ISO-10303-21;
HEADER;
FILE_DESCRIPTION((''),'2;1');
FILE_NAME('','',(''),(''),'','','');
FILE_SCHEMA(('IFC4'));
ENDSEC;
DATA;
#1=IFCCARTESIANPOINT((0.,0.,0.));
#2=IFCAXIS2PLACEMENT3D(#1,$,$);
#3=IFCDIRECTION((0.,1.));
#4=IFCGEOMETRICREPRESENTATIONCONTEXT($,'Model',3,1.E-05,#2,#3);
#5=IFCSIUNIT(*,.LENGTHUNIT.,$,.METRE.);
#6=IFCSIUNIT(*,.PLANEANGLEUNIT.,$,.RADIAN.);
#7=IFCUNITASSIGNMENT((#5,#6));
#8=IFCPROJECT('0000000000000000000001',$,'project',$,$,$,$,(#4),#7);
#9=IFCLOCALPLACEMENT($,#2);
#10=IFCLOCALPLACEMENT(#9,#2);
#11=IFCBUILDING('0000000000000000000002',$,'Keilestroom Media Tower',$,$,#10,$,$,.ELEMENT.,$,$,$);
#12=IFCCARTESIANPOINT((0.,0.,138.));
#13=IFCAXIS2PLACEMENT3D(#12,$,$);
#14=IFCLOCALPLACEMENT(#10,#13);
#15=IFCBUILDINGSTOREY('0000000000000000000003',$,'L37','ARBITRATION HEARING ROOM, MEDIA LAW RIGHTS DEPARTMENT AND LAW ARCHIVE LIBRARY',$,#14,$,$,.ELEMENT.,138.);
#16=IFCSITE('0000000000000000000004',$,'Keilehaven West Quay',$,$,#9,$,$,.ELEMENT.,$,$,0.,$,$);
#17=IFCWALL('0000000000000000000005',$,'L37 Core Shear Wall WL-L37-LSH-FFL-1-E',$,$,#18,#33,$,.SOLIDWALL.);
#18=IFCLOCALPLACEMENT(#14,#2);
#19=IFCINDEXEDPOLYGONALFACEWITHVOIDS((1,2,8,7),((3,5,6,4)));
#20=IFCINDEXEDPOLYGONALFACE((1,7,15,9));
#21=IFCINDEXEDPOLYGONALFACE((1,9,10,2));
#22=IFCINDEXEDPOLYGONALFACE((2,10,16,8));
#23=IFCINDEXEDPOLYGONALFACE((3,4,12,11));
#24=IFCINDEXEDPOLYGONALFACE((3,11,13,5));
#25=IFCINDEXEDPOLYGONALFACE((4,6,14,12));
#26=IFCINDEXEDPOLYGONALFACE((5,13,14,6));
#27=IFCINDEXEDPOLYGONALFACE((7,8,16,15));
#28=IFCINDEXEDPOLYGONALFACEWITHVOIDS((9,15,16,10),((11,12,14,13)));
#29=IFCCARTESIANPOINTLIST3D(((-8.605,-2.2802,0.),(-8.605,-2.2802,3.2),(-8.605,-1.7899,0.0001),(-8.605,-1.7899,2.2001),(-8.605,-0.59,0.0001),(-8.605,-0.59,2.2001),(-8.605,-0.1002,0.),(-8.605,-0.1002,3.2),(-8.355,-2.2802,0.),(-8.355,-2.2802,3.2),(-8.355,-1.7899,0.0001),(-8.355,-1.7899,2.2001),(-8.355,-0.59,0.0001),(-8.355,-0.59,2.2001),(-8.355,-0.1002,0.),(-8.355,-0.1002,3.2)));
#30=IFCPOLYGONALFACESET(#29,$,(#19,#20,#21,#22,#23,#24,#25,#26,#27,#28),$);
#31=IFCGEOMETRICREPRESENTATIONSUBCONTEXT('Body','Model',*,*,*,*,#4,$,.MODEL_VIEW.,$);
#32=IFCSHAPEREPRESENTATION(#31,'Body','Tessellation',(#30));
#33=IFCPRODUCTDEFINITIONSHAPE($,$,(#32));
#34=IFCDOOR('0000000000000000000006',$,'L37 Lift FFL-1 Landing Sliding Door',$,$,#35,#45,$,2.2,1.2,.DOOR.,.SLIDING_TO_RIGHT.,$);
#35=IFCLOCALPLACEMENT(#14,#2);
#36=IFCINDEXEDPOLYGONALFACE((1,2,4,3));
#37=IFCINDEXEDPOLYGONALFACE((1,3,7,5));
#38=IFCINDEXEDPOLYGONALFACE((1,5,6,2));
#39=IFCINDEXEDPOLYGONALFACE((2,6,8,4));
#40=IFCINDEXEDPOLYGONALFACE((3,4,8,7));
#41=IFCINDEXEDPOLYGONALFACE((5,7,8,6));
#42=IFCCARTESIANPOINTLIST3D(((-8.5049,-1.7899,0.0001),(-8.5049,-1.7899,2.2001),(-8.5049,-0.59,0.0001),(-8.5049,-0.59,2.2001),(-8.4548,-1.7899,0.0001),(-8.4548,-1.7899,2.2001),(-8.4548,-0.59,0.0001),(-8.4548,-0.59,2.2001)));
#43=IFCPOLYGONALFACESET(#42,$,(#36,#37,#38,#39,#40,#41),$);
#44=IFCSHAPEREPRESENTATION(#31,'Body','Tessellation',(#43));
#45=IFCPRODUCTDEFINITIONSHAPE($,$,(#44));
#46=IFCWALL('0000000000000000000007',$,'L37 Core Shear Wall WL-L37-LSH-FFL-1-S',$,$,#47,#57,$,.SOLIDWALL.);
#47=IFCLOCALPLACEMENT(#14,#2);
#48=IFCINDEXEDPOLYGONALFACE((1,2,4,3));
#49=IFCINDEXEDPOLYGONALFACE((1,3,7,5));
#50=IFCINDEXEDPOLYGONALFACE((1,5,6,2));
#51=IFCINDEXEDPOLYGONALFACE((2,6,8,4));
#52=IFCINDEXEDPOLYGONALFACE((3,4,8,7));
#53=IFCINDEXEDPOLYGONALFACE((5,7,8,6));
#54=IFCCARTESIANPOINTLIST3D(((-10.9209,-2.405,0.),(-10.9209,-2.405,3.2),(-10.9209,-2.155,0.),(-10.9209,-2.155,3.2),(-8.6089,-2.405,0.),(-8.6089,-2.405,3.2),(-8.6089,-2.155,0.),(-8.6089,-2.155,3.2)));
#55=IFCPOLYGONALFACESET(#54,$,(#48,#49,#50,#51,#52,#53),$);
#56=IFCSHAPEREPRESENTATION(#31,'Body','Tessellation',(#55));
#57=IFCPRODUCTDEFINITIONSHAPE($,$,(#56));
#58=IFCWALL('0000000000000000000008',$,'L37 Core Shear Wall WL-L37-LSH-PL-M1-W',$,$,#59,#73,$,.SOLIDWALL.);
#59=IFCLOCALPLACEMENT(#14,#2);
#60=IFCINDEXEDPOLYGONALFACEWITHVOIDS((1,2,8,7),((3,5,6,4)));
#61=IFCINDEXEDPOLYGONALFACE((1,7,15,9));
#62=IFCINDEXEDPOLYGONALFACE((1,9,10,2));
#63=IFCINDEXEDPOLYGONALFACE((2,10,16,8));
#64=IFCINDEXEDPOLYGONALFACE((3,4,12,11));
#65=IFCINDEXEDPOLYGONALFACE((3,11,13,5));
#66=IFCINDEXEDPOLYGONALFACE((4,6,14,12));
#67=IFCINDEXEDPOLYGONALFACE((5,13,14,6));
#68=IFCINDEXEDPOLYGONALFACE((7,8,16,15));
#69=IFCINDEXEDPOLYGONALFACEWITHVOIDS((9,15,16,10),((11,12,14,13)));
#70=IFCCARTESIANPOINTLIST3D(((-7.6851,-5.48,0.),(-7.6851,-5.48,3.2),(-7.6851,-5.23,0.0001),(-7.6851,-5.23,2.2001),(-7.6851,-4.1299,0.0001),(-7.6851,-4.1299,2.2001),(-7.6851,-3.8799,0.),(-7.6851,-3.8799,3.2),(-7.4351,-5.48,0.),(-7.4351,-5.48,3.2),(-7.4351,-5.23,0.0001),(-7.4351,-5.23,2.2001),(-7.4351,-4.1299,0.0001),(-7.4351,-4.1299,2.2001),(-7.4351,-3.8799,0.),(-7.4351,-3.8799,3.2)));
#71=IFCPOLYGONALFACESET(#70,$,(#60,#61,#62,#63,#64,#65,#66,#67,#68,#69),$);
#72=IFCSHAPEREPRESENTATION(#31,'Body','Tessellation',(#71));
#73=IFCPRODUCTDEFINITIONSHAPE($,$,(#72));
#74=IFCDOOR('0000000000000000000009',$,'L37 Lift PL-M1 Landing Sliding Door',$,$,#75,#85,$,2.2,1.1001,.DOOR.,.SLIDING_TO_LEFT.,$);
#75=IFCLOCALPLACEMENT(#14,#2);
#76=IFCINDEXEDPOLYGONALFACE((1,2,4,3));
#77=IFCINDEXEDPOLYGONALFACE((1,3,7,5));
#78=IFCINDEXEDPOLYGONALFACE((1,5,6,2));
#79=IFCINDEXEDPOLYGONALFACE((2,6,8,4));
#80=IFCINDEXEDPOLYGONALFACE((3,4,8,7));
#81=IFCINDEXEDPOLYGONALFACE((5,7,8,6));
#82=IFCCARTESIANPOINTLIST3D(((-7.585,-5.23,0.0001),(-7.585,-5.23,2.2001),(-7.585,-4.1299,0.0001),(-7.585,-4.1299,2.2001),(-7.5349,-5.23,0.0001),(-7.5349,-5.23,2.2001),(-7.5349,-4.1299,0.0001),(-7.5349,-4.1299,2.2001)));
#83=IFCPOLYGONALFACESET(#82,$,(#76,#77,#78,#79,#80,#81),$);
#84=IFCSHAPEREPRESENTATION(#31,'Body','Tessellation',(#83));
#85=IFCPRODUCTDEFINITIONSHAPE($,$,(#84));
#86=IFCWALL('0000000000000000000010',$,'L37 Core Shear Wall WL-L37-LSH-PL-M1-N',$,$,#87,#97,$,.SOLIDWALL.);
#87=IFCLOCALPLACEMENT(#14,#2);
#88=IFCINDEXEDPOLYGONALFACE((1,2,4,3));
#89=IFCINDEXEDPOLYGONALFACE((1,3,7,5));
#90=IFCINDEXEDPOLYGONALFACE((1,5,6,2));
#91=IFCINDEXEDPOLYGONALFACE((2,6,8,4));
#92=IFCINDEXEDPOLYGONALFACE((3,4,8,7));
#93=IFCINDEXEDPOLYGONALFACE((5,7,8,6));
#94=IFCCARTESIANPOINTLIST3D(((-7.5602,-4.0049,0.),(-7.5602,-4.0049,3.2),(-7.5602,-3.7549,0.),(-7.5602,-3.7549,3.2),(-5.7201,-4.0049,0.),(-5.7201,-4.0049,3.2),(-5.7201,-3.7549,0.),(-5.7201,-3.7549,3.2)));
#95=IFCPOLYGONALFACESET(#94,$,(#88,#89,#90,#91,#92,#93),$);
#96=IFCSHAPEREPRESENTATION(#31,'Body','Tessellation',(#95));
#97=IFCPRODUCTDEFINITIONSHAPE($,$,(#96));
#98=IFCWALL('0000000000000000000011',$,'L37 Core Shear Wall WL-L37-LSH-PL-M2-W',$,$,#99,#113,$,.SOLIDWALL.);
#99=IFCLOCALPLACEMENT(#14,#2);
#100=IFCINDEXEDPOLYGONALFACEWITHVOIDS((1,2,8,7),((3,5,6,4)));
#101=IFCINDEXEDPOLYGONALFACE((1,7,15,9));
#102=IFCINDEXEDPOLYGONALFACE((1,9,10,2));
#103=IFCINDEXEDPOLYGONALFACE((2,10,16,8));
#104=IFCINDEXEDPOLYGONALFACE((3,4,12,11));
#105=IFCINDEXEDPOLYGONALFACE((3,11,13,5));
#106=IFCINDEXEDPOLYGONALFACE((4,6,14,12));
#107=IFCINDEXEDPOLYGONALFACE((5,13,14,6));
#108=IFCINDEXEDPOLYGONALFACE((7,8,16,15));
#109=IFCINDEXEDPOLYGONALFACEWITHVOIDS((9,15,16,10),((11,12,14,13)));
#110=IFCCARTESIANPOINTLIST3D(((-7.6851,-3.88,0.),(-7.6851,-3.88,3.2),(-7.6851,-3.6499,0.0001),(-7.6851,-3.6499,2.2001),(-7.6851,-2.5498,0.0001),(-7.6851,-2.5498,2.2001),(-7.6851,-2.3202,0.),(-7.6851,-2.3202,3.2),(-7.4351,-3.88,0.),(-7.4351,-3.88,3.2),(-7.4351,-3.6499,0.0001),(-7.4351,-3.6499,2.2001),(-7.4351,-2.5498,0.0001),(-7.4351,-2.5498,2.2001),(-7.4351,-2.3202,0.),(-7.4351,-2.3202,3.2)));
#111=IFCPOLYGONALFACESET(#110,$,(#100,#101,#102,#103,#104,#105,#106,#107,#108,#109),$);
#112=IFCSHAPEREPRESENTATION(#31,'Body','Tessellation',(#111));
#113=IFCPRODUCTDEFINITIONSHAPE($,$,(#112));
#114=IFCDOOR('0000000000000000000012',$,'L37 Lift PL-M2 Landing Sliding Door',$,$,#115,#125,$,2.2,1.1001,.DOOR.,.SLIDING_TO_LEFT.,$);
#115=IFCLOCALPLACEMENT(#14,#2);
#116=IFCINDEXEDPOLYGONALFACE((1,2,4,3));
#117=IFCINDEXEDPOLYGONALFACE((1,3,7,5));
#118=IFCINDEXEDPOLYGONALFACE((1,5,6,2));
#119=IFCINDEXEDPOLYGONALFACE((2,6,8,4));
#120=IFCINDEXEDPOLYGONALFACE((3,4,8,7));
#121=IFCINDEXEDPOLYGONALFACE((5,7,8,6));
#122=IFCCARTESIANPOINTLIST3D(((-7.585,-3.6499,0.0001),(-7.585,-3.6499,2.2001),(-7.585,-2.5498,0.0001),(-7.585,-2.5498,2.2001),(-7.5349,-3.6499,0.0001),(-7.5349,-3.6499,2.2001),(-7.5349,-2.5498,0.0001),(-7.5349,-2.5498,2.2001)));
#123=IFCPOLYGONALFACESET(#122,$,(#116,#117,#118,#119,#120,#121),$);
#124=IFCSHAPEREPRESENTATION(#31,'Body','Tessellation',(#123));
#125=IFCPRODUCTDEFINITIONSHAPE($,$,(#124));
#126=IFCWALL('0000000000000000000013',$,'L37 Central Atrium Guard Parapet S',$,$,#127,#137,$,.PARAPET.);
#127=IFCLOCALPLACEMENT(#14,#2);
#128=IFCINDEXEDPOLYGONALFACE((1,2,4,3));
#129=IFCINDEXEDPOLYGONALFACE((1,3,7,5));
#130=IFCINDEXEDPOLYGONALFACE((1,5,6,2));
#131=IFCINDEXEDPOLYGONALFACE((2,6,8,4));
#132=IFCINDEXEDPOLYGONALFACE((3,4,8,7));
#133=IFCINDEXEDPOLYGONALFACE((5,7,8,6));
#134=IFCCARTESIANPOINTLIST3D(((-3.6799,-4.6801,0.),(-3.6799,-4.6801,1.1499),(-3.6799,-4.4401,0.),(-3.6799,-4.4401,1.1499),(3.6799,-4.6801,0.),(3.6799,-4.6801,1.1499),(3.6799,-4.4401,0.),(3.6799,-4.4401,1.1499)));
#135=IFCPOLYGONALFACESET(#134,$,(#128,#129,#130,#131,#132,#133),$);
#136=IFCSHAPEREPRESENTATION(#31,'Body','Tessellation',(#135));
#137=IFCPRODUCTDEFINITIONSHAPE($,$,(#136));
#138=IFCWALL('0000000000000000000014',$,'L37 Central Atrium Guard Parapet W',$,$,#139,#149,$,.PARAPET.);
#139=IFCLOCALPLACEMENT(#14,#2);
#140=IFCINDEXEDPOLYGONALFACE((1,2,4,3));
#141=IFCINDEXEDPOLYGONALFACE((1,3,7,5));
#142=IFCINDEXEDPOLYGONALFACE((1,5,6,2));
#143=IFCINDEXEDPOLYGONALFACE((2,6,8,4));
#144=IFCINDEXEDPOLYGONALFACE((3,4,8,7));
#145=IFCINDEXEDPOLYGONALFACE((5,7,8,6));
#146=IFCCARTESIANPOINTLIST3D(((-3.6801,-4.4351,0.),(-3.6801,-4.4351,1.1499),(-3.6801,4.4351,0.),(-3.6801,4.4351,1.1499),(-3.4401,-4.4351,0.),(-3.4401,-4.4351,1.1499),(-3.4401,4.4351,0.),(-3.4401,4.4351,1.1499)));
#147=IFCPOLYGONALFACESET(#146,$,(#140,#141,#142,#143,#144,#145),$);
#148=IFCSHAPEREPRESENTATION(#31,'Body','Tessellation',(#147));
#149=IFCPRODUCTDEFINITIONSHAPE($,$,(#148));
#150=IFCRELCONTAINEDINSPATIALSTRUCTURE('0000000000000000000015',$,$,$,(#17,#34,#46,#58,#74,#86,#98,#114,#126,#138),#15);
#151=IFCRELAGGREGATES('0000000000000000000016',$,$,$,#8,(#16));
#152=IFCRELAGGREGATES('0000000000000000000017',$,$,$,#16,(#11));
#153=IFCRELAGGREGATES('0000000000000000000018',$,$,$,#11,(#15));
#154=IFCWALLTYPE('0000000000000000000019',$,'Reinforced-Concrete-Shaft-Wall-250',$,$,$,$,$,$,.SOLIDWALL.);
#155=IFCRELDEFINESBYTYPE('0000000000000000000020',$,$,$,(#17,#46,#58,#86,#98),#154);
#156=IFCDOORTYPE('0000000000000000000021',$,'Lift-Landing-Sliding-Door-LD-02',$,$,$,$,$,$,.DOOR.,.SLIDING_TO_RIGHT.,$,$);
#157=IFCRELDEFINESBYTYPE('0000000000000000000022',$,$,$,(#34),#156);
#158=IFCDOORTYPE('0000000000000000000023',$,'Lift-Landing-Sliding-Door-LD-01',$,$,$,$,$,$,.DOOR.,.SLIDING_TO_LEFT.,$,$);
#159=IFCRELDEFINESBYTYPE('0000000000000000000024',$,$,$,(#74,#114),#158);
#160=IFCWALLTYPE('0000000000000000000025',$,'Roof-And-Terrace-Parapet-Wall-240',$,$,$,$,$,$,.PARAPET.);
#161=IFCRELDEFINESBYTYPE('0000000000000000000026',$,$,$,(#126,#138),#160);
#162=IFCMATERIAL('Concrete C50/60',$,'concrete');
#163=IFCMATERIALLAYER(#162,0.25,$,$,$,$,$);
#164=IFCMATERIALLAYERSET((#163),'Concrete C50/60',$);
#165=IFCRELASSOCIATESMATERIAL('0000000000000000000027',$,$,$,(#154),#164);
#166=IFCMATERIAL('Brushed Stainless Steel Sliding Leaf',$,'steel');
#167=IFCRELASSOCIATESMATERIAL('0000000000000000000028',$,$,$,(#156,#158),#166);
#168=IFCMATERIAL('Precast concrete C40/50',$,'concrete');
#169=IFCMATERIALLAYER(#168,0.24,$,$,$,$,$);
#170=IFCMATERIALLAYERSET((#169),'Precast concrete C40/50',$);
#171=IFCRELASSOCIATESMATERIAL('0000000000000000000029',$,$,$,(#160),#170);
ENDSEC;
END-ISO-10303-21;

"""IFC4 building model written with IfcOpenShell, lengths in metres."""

from ifc_helpers import new_model, si_unit, direction, frame, frame_2d, origin, place, context, subcontext, project, spatial, rectangle, extrude, source, transform, mapped, material, layer, layer_set, type_object, element, fill, save


model = new_model("IFC4")

# Units and contexts
model_context = context("Model", 3, precision=1e-05, world=origin(), true_north=direction((0.0, 1.0)))
body_context = subcontext(model_context, "Body", "Model", "MODEL_VIEW")
ifc_project = project(units=[si_unit("LENGTHUNIT", "METRE"), si_unit("PLANEANGLEUNIT", "RADIAN")], contexts=[model_context])

# Site, building, storey
site_placement = place(None, origin())
site = spatial("IfcSite", under=ifc_project, at=site_placement, Name="Keilehaven West Quay", CompositionType="ELEMENT", RefElevation=0.0)
building_placement = place(site_placement, origin())
building = spatial("IfcBuilding", under=site, at=building_placement, Name="Keilestroom Media Tower", CompositionType="ELEMENT")
storey_placement = place(building_placement, frame((0.0, 0.0, 138.0)))
storey = spatial("IfcBuildingStorey", under=building, at=storey_placement, Name="L37", Description="ARBITRATION HEARING ROOM, MEDIA LAW RIGHTS DEPARTMENT AND LAW ARCHIVE LIBRARY", CompositionType="ELEMENT", Elevation=138.0)

# Shared definitions
ifc_material_1 = material(Name="Precast concrete C40/50", Category="concrete")

# Shared definitions
shared_shape_1 = source(origin(), body_context, "Body", "SweptSolid", [
    extrude(rectangle(XDim=1.2, YDim=2.2, at=frame_2d((0.6001, 1.1001))), frame((0.0, 0.0249, 0.0), z_axis=(0.0, -1.0, 0.0), x_axis=(1.0, 0.0, 0.0)), (0.0, 0.0, 1.0), 0.05),
])

# Shared definitions
ifc_material_2 = material(Name="Concrete C50/60", Category="concrete")
ifc_layer_1 = layer(ifc_material_2, 0.25)
ifc_layer_set_1 = layer_set([ifc_layer_1], Name="Concrete C50/60")
wall_type_1 = type_object("IfcWallType", Name="Reinforced-Concrete-Shaft-Wall-250", PredefinedType="SOLIDWALL", material=ifc_layer_set_1)

# Wall, opening, door
wall_1_placement = place(storey_placement, frame((-8.48, -2.28, 0.0), z_axis=(0.0, 0.0, 1.0), x_axis=(0.0, 1.0, 0.0)))
wall_1 = element("IfcWall", 1, at=wall_1_placement, inside=storey, type_object=wall_type_1, Name="L37 Core Shear Wall WL-L37-LSH-FFL-1-E", PredefinedType="SOLIDWALL", context=body_context, shape_type="SweptSolid", body=[
    extrude(rectangle(XDim=2.1799, YDim=0.25, at=frame_2d((1.0898, 0.0))), origin(), (0.0, 0.0, 1.0), 3.2),
])
opening_1_placement = place(wall_1_placement, frame((0.49, 0.0, 0.0)))
opening_1 = element("IfcOpeningElement", 2, at=opening_1_placement, cuts=wall_1, PredefinedType="OPENING", context=body_context, shape_type="SweptSolid", body=[
    extrude(rectangle(XDim=1.2, YDim=2.2, at=frame_2d((0.6001, 1.1001))), frame((0.0, 0.135, 0.0), z_axis=(0.0, -1.0, 0.0), x_axis=(1.0, 0.0, 0.0)), (0.0, 0.0, 1.0), 0.27),
])
ifc_material_3 = material(Name="Brushed Stainless Steel Sliding Leaf", Category="steel")
door_type_1 = type_object("IfcDoorType", Name="Lift-Landing-Sliding-Door-LD-02", OperationType="SLIDING_TO_RIGHT", PredefinedType="DOOR", material=ifc_material_3)
door_1_placement = place(opening_1_placement, origin())
door_1 = element("IfcDoor", 3, at=door_1_placement, inside=storey, type_object=door_type_1, Name="L37 Lift FFL-1 Landing Sliding Door", OperationType="SLIDING_TO_RIGHT", OverallHeight=2.2, OverallWidth=1.2, PredefinedType="DOOR", context=body_context, shape_type="MappedRepresentation", body=[
    mapped(shared_shape_1, transform((0.0, 0.0, 0.0), x_axis=(1.0, 0.0, 0.0), y_axis=(0.0, 1.0, 0.0), z_axis=(0.0, 0.0, 1.0), scale=1.0)),
])
fill(opening_1, door_1)

# Wall
wall_2_placement = place(storey_placement, frame((-10.9209, -2.28, 0.0), z_axis=(0.0, 0.0, 1.0), x_axis=(1.0, 0.0, 0.0)))
element("IfcWall", 4, at=wall_2_placement, inside=storey, type_object=wall_type_1, Name="L37 Core Shear Wall WL-L37-LSH-FFL-1-S", PredefinedType="SOLIDWALL", context=body_context, shape_type="SweptSolid", body=[
    extrude(rectangle(XDim=2.312, YDim=0.25, at=frame_2d((1.156, 0.0))), origin(), (0.0, 0.0, 1.0), 3.2),
])

# Wall, opening, door
wall_3_placement = place(storey_placement, frame((-7.5601, -5.48, 0.0), z_axis=(0.0, 0.0, 1.0), x_axis=(0.0, 1.0, 0.0)))
wall_3 = element("IfcWall", 5, at=wall_3_placement, inside=storey, type_object=wall_type_1, Name="L37 Core Shear Wall WL-L37-LSH-PL-M1-W", PredefinedType="SOLIDWALL", context=body_context, shape_type="SweptSolid", body=[
    extrude(rectangle(XDim=1.6001, YDim=0.25, at=frame_2d((0.8, 0.0))), origin(), (0.0, 0.0, 1.0), 3.2),
])
opening_2_placement = place(wall_3_placement, frame((0.25, 0.0, 0.0)))
opening_2 = element("IfcOpeningElement", 6, at=opening_2_placement, cuts=wall_3, PredefinedType="OPENING", context=body_context, shape_type="SweptSolid", body=[
    extrude(rectangle(XDim=1.1001, YDim=2.2, at=frame_2d((0.55, 1.1001))), frame((0.0, 0.135, 0.0), z_axis=(0.0, -1.0, 0.0), x_axis=(1.0, 0.0, 0.0)), (0.0, 0.0, 1.0), 0.27),
])
door_type_2 = type_object("IfcDoorType", Name="Lift-Landing-Sliding-Door-LD-01", OperationType="SLIDING_TO_LEFT", PredefinedType="DOOR", material=ifc_material_3)
shared_shape_2 = source(origin(), body_context, "Body", "SweptSolid", [
    extrude(rectangle(XDim=1.1001, YDim=2.2, at=frame_2d((0.55, 1.1001))), frame((0.0, 0.0249, 0.0), z_axis=(0.0, -1.0, 0.0), x_axis=(1.0, 0.0, 0.0)), (0.0, 0.0, 1.0), 0.05),
])
door_2_placement = place(opening_2_placement, origin())
door_2 = element("IfcDoor", 7, at=door_2_placement, inside=storey, type_object=door_type_2, Name="L37 Lift PL-M1 Landing Sliding Door", OperationType="SLIDING_TO_LEFT", OverallHeight=2.2, OverallWidth=1.1001, PredefinedType="DOOR", context=body_context, shape_type="MappedRepresentation", body=[
    mapped(shared_shape_2, transform((0.0, 0.0, 0.0), x_axis=(1.0, 0.0, 0.0), y_axis=(0.0, 1.0, 0.0), z_axis=(0.0, 0.0, 1.0), scale=1.0)),
])
fill(opening_2, door_2)

# Wall
wall_4_placement = place(storey_placement, frame((-7.5601, -3.8799, 0.0), z_axis=(0.0, 0.0, 1.0), x_axis=(1.0, 0.0, 0.0)))
element("IfcWall", 8, at=wall_4_placement, inside=storey, type_object=wall_type_1, Name="L37 Core Shear Wall WL-L37-LSH-PL-M1-N", PredefinedType="SOLIDWALL", context=body_context, shape_type="SweptSolid", body=[
    extrude(rectangle(XDim=1.8401, YDim=0.25, at=frame_2d((0.9199, 0.0))), origin(), (0.0, 0.0, 1.0), 3.2),
])

# Wall, opening, door
wall_5_placement = place(storey_placement, frame((-7.5601, -3.8799, 0.0), z_axis=(0.0, 0.0, 1.0), x_axis=(0.0, 1.0, 0.0)))
wall_5 = element("IfcWall", 9, at=wall_5_placement, inside=storey, type_object=wall_type_1, Name="L37 Core Shear Wall WL-L37-LSH-PL-M2-W", PredefinedType="SOLIDWALL", context=body_context, shape_type="SweptSolid", body=[
    extrude(rectangle(XDim=1.5598, YDim=0.25, at=frame_2d((0.7798, 0.0))), origin(), (0.0, 0.0, 1.0), 3.2),
])
opening_3_placement = place(wall_5_placement, frame((0.23, 0.0, 0.0)))
opening_3 = element("IfcOpeningElement", 10, at=opening_3_placement, cuts=wall_5, PredefinedType="OPENING", context=body_context, shape_type="SweptSolid", body=[
    extrude(rectangle(XDim=1.1001, YDim=2.2, at=frame_2d((0.55, 1.1001))), frame((0.0, 0.135, 0.0), z_axis=(0.0, -1.0, 0.0), x_axis=(1.0, 0.0, 0.0)), (0.0, 0.0, 1.0), 0.27),
])
door_3_placement = place(opening_3_placement, origin())
door_3 = element("IfcDoor", 11, at=door_3_placement, inside=storey, type_object=door_type_2, Name="L37 Lift PL-M2 Landing Sliding Door", OperationType="SLIDING_TO_LEFT", OverallHeight=2.2, OverallWidth=1.1001, PredefinedType="DOOR", context=body_context, shape_type="MappedRepresentation", body=[
    mapped(shared_shape_2, transform((0.0, 0.0, 0.0), x_axis=(1.0, 0.0, 0.0), y_axis=(0.0, 1.0, 0.0), z_axis=(0.0, 0.0, 1.0), scale=1.0)),
])
fill(opening_3, door_3)

# Walls
ifc_layer_2 = layer(ifc_material_1, 0.24)
ifc_layer_set_2 = layer_set([ifc_layer_2], Name="Precast concrete C40/50")
wall_type_2 = type_object("IfcWallType", Name="Roof-And-Terrace-Parapet-Wall-240", PredefinedType="PARAPET", material=ifc_layer_set_2)
wall_6_placement = place(storey_placement, frame((-3.6799, -4.5601, 0.0), z_axis=(0.0, 0.0, 1.0), x_axis=(1.0, 0.0, 0.0)))
element("IfcWall", 12, at=wall_6_placement, inside=storey, type_object=wall_type_2, Name="L37 Central Atrium Guard Parapet S", PredefinedType="PARAPET", context=body_context, shape_type="SweptSolid", body=[
    extrude(rectangle(XDim=7.3599, YDim=0.24, at=frame_2d((3.6799, 0.0))), origin(), (0.0, 0.0, 1.0), 1.1499),
])
wall_7_placement = place(storey_placement, frame((-3.5601, -4.4351, 0.0), z_axis=(0.0, 0.0, 1.0), x_axis=(0.0, 1.0, 0.0)))
element("IfcWall", 13, at=wall_7_placement, inside=storey, type_object=wall_type_2, Name="L37 Central Atrium Guard Parapet W", PredefinedType="PARAPET", context=body_context, shape_type="SweptSolid", body=[
    extrude(rectangle(XDim=8.8701, YDim=0.24, at=frame_2d((4.4351, 0.0))), origin(), (0.0, 0.0, 1.0), 1.1499),
])

save(model, "model.ifc")
